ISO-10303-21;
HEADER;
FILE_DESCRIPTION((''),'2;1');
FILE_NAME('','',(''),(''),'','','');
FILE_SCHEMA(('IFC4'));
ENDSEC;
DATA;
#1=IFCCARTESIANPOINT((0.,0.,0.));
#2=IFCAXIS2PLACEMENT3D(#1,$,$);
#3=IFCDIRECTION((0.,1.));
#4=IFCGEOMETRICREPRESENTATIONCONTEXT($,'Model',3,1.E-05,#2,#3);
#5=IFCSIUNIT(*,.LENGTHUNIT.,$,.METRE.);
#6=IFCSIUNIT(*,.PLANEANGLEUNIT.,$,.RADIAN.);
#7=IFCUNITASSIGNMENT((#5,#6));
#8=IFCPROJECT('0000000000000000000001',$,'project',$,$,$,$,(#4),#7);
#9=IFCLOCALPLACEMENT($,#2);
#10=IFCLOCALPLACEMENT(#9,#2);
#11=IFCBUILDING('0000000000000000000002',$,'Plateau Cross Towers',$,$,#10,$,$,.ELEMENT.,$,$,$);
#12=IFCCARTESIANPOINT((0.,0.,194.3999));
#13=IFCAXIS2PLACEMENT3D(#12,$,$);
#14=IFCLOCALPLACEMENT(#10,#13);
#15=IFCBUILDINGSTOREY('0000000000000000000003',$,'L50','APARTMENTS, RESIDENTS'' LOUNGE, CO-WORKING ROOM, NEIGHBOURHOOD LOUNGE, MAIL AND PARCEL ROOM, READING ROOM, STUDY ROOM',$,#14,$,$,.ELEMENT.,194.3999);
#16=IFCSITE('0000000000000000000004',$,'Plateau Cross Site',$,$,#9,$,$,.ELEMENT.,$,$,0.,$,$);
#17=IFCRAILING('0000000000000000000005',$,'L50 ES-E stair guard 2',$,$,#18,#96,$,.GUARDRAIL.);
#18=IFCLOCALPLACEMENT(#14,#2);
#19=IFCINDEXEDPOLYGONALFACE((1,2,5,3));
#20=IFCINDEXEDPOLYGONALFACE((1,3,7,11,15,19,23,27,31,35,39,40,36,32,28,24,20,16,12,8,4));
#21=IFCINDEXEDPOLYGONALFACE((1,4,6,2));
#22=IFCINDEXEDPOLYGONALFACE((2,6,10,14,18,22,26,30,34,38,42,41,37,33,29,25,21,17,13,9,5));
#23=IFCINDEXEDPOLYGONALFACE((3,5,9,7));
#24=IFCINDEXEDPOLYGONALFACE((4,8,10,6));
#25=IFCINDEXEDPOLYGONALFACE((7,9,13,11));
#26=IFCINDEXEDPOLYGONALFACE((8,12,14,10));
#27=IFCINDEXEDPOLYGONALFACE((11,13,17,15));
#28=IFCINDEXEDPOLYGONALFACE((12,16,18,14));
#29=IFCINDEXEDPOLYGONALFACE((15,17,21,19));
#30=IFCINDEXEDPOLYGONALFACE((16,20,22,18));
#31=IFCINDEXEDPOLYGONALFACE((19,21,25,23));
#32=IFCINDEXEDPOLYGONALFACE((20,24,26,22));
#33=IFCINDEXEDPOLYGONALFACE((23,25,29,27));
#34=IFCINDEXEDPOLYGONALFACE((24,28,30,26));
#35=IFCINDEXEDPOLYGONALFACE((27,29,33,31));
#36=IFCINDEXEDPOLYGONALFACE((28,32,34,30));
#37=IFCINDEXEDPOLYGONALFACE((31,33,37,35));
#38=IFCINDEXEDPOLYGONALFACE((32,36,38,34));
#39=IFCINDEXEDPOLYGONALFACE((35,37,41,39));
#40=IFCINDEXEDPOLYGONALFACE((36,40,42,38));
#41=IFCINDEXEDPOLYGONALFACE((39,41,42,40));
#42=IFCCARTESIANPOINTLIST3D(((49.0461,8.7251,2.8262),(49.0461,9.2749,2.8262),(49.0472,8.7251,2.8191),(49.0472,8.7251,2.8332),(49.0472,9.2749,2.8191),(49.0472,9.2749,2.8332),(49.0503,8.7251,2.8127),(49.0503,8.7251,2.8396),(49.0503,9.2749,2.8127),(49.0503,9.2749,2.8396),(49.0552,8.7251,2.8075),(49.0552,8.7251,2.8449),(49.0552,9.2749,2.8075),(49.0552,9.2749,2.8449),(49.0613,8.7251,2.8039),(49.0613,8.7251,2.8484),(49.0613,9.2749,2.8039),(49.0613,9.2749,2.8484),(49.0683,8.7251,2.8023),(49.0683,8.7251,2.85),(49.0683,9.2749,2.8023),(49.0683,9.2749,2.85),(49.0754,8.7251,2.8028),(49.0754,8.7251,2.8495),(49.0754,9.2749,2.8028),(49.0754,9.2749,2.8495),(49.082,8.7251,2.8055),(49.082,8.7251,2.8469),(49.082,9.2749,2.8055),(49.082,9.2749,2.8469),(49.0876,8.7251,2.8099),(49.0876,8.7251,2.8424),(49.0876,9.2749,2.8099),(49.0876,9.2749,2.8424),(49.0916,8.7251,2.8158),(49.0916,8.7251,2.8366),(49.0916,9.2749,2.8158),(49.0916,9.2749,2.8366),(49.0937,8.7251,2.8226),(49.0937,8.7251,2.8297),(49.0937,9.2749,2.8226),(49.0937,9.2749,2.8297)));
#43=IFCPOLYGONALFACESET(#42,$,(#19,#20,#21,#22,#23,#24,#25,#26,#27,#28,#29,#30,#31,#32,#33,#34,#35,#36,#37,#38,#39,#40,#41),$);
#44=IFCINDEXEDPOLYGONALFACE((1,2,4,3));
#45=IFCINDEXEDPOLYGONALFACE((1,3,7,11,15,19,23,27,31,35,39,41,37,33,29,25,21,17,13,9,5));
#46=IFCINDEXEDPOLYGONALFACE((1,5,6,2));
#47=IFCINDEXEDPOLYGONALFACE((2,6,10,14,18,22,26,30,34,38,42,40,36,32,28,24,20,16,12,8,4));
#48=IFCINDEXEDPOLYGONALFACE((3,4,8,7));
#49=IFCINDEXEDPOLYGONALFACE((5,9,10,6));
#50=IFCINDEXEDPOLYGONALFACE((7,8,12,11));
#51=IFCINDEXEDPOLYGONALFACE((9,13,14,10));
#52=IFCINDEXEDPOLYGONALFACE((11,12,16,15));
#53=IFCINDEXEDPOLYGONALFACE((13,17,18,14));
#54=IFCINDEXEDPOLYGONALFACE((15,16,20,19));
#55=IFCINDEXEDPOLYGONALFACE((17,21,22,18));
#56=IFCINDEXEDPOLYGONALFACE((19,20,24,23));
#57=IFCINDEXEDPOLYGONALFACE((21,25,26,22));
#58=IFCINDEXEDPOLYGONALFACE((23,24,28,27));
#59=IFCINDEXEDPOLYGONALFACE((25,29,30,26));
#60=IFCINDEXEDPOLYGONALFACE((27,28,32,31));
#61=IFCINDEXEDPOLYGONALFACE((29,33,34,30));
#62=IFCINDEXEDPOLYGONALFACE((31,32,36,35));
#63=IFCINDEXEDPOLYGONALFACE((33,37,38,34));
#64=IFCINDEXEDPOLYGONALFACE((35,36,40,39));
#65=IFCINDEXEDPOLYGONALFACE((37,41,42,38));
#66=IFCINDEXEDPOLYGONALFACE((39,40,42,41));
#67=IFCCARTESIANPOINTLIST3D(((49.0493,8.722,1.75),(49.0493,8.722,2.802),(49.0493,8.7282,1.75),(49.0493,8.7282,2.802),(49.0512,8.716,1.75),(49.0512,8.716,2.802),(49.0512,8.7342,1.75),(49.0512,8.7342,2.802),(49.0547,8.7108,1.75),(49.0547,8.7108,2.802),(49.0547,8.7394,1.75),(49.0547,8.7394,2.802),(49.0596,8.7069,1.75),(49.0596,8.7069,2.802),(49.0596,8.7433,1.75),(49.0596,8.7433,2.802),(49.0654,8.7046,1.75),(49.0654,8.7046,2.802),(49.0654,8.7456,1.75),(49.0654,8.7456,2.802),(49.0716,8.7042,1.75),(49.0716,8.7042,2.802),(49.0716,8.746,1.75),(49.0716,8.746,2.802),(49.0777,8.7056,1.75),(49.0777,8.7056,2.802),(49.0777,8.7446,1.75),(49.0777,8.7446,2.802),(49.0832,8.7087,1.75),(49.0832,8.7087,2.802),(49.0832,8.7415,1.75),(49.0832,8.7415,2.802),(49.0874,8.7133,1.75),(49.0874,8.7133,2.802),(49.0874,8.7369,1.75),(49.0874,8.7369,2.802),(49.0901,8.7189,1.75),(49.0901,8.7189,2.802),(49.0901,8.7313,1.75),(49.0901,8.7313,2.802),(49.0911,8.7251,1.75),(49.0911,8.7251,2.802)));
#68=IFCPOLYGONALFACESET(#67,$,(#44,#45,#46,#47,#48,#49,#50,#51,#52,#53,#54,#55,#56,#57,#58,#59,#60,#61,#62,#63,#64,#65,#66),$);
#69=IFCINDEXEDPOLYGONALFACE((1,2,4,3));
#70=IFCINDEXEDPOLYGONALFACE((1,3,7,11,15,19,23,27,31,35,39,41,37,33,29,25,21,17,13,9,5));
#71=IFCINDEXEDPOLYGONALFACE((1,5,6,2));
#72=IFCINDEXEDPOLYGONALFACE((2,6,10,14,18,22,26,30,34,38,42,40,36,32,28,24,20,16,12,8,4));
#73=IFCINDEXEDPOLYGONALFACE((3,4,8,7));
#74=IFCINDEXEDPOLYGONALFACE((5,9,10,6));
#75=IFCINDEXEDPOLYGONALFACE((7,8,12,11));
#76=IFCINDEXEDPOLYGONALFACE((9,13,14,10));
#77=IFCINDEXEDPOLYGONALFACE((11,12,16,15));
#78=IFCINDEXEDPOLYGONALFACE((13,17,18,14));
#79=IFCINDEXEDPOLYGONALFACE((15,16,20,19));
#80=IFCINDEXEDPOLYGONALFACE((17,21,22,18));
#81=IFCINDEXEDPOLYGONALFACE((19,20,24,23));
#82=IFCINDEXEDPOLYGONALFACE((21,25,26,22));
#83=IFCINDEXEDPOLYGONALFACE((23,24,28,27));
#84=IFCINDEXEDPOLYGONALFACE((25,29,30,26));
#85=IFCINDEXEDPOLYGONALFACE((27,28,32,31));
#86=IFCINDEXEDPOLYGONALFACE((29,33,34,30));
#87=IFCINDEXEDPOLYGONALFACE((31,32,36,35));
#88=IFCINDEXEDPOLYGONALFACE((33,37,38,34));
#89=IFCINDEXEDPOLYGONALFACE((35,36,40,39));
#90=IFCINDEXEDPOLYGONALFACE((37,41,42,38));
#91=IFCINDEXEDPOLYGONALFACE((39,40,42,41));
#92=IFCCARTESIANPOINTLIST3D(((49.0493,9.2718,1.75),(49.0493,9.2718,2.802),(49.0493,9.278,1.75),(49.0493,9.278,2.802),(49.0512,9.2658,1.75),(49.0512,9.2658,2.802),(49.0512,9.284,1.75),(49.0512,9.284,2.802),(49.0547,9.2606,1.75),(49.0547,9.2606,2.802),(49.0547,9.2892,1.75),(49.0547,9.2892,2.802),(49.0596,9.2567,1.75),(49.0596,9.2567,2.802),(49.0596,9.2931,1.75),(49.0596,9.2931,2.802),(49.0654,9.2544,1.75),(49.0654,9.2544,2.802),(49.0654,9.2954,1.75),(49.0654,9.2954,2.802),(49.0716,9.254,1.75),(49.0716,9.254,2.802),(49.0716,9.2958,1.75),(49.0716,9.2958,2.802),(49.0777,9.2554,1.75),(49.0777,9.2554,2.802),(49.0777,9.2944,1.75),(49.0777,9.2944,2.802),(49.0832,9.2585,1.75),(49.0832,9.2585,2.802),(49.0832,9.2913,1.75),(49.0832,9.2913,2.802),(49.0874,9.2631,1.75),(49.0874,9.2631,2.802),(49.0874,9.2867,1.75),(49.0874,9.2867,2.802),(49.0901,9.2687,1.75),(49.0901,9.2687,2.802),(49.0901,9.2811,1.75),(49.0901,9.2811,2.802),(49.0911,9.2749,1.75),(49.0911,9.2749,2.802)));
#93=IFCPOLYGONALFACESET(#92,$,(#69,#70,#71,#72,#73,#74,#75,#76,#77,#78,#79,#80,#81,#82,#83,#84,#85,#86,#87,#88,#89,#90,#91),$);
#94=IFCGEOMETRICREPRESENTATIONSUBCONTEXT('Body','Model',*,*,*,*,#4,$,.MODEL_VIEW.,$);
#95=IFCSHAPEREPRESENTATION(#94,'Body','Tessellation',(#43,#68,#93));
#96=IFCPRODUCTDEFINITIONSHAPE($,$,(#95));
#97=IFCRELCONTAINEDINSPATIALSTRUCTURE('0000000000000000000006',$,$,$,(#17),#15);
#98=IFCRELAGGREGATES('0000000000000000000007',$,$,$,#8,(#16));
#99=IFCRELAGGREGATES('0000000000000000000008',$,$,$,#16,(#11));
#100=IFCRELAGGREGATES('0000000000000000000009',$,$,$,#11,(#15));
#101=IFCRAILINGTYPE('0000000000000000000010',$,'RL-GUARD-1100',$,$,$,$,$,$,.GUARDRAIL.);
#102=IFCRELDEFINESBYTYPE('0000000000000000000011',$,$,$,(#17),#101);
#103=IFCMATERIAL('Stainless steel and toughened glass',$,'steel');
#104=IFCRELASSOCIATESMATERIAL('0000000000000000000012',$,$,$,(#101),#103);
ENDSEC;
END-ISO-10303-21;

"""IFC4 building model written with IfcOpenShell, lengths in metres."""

from ifc_helpers import new_model, si_unit, direction, frame, origin, origin_2d, place, context, subcontext, project, spatial, circle, extrude, material, type_object, element, save


model = new_model("IFC4")

# Units and contexts
model_context = context("Model", 3, precision=1e-05, world=origin(), true_north=direction((0.0, 1.0)))
body_context = subcontext(model_context, "Body", "Model", "MODEL_VIEW")
ifc_project = project(units=[si_unit("LENGTHUNIT", "METRE"), si_unit("PLANEANGLEUNIT", "RADIAN")], contexts=[model_context])

# Site, building, storey
site_placement = place(None, origin())
site = spatial("IfcSite", under=ifc_project, at=site_placement, Name="Plateau Cross Site", CompositionType="ELEMENT", RefElevation=0.0)
building_placement = place(site_placement, origin())
building = spatial("IfcBuilding", under=site, at=building_placement, Name="Plateau Cross Towers", CompositionType="ELEMENT")
storey_placement = place(building_placement, frame((0.0, 0.0, 194.3999)))
storey = spatial("IfcBuildingStorey", under=building, at=storey_placement, Name="L50", Description="APARTMENTS, RESIDENTS' LOUNGE, CO-WORKING ROOM, NEIGHBOURHOOD LOUNGE, MAIL AND PARCEL ROOM, READING ROOM, STUDY ROOM", CompositionType="ELEMENT", Elevation=194.3999)

# Railing
ifc_material_1 = material(Name="Stainless steel and toughened glass", Category="steel")
railing_type_1 = type_object("IfcRailingType", Name="RL-GUARD-1100", PredefinedType="GUARDRAIL", material=ifc_material_1)
railing_1_placement = place(storey_placement, frame((49.0701, 8.7251, 1.75)))
element("IfcRailing", 1, at=railing_1_placement, inside=storey, type_object=railing_type_1, Name="L50 ES-E stair guard 2", PredefinedType="GUARDRAIL", context=body_context, shape_type="SweptSolid", body=[
    extrude(circle(Radius=0.0239, at=origin_2d()), frame((0.0, 0.0, 1.0762), z_axis=(0.0, 1.0, 0.0), x_axis=(-1.0, 0.0, 0.0)), (0.0, 0.0, 1.0), 0.5498),
    extrude(circle(Radius=0.021, at=origin_2d()), origin(), (0.0, 0.0, 1.0), 1.052),
    extrude(circle(Radius=0.021, at=origin_2d()), frame((0.0, 0.5498, 0.0)), (0.0, 0.0, 1.0), 1.052),
])

save(model, "model.ifc")
